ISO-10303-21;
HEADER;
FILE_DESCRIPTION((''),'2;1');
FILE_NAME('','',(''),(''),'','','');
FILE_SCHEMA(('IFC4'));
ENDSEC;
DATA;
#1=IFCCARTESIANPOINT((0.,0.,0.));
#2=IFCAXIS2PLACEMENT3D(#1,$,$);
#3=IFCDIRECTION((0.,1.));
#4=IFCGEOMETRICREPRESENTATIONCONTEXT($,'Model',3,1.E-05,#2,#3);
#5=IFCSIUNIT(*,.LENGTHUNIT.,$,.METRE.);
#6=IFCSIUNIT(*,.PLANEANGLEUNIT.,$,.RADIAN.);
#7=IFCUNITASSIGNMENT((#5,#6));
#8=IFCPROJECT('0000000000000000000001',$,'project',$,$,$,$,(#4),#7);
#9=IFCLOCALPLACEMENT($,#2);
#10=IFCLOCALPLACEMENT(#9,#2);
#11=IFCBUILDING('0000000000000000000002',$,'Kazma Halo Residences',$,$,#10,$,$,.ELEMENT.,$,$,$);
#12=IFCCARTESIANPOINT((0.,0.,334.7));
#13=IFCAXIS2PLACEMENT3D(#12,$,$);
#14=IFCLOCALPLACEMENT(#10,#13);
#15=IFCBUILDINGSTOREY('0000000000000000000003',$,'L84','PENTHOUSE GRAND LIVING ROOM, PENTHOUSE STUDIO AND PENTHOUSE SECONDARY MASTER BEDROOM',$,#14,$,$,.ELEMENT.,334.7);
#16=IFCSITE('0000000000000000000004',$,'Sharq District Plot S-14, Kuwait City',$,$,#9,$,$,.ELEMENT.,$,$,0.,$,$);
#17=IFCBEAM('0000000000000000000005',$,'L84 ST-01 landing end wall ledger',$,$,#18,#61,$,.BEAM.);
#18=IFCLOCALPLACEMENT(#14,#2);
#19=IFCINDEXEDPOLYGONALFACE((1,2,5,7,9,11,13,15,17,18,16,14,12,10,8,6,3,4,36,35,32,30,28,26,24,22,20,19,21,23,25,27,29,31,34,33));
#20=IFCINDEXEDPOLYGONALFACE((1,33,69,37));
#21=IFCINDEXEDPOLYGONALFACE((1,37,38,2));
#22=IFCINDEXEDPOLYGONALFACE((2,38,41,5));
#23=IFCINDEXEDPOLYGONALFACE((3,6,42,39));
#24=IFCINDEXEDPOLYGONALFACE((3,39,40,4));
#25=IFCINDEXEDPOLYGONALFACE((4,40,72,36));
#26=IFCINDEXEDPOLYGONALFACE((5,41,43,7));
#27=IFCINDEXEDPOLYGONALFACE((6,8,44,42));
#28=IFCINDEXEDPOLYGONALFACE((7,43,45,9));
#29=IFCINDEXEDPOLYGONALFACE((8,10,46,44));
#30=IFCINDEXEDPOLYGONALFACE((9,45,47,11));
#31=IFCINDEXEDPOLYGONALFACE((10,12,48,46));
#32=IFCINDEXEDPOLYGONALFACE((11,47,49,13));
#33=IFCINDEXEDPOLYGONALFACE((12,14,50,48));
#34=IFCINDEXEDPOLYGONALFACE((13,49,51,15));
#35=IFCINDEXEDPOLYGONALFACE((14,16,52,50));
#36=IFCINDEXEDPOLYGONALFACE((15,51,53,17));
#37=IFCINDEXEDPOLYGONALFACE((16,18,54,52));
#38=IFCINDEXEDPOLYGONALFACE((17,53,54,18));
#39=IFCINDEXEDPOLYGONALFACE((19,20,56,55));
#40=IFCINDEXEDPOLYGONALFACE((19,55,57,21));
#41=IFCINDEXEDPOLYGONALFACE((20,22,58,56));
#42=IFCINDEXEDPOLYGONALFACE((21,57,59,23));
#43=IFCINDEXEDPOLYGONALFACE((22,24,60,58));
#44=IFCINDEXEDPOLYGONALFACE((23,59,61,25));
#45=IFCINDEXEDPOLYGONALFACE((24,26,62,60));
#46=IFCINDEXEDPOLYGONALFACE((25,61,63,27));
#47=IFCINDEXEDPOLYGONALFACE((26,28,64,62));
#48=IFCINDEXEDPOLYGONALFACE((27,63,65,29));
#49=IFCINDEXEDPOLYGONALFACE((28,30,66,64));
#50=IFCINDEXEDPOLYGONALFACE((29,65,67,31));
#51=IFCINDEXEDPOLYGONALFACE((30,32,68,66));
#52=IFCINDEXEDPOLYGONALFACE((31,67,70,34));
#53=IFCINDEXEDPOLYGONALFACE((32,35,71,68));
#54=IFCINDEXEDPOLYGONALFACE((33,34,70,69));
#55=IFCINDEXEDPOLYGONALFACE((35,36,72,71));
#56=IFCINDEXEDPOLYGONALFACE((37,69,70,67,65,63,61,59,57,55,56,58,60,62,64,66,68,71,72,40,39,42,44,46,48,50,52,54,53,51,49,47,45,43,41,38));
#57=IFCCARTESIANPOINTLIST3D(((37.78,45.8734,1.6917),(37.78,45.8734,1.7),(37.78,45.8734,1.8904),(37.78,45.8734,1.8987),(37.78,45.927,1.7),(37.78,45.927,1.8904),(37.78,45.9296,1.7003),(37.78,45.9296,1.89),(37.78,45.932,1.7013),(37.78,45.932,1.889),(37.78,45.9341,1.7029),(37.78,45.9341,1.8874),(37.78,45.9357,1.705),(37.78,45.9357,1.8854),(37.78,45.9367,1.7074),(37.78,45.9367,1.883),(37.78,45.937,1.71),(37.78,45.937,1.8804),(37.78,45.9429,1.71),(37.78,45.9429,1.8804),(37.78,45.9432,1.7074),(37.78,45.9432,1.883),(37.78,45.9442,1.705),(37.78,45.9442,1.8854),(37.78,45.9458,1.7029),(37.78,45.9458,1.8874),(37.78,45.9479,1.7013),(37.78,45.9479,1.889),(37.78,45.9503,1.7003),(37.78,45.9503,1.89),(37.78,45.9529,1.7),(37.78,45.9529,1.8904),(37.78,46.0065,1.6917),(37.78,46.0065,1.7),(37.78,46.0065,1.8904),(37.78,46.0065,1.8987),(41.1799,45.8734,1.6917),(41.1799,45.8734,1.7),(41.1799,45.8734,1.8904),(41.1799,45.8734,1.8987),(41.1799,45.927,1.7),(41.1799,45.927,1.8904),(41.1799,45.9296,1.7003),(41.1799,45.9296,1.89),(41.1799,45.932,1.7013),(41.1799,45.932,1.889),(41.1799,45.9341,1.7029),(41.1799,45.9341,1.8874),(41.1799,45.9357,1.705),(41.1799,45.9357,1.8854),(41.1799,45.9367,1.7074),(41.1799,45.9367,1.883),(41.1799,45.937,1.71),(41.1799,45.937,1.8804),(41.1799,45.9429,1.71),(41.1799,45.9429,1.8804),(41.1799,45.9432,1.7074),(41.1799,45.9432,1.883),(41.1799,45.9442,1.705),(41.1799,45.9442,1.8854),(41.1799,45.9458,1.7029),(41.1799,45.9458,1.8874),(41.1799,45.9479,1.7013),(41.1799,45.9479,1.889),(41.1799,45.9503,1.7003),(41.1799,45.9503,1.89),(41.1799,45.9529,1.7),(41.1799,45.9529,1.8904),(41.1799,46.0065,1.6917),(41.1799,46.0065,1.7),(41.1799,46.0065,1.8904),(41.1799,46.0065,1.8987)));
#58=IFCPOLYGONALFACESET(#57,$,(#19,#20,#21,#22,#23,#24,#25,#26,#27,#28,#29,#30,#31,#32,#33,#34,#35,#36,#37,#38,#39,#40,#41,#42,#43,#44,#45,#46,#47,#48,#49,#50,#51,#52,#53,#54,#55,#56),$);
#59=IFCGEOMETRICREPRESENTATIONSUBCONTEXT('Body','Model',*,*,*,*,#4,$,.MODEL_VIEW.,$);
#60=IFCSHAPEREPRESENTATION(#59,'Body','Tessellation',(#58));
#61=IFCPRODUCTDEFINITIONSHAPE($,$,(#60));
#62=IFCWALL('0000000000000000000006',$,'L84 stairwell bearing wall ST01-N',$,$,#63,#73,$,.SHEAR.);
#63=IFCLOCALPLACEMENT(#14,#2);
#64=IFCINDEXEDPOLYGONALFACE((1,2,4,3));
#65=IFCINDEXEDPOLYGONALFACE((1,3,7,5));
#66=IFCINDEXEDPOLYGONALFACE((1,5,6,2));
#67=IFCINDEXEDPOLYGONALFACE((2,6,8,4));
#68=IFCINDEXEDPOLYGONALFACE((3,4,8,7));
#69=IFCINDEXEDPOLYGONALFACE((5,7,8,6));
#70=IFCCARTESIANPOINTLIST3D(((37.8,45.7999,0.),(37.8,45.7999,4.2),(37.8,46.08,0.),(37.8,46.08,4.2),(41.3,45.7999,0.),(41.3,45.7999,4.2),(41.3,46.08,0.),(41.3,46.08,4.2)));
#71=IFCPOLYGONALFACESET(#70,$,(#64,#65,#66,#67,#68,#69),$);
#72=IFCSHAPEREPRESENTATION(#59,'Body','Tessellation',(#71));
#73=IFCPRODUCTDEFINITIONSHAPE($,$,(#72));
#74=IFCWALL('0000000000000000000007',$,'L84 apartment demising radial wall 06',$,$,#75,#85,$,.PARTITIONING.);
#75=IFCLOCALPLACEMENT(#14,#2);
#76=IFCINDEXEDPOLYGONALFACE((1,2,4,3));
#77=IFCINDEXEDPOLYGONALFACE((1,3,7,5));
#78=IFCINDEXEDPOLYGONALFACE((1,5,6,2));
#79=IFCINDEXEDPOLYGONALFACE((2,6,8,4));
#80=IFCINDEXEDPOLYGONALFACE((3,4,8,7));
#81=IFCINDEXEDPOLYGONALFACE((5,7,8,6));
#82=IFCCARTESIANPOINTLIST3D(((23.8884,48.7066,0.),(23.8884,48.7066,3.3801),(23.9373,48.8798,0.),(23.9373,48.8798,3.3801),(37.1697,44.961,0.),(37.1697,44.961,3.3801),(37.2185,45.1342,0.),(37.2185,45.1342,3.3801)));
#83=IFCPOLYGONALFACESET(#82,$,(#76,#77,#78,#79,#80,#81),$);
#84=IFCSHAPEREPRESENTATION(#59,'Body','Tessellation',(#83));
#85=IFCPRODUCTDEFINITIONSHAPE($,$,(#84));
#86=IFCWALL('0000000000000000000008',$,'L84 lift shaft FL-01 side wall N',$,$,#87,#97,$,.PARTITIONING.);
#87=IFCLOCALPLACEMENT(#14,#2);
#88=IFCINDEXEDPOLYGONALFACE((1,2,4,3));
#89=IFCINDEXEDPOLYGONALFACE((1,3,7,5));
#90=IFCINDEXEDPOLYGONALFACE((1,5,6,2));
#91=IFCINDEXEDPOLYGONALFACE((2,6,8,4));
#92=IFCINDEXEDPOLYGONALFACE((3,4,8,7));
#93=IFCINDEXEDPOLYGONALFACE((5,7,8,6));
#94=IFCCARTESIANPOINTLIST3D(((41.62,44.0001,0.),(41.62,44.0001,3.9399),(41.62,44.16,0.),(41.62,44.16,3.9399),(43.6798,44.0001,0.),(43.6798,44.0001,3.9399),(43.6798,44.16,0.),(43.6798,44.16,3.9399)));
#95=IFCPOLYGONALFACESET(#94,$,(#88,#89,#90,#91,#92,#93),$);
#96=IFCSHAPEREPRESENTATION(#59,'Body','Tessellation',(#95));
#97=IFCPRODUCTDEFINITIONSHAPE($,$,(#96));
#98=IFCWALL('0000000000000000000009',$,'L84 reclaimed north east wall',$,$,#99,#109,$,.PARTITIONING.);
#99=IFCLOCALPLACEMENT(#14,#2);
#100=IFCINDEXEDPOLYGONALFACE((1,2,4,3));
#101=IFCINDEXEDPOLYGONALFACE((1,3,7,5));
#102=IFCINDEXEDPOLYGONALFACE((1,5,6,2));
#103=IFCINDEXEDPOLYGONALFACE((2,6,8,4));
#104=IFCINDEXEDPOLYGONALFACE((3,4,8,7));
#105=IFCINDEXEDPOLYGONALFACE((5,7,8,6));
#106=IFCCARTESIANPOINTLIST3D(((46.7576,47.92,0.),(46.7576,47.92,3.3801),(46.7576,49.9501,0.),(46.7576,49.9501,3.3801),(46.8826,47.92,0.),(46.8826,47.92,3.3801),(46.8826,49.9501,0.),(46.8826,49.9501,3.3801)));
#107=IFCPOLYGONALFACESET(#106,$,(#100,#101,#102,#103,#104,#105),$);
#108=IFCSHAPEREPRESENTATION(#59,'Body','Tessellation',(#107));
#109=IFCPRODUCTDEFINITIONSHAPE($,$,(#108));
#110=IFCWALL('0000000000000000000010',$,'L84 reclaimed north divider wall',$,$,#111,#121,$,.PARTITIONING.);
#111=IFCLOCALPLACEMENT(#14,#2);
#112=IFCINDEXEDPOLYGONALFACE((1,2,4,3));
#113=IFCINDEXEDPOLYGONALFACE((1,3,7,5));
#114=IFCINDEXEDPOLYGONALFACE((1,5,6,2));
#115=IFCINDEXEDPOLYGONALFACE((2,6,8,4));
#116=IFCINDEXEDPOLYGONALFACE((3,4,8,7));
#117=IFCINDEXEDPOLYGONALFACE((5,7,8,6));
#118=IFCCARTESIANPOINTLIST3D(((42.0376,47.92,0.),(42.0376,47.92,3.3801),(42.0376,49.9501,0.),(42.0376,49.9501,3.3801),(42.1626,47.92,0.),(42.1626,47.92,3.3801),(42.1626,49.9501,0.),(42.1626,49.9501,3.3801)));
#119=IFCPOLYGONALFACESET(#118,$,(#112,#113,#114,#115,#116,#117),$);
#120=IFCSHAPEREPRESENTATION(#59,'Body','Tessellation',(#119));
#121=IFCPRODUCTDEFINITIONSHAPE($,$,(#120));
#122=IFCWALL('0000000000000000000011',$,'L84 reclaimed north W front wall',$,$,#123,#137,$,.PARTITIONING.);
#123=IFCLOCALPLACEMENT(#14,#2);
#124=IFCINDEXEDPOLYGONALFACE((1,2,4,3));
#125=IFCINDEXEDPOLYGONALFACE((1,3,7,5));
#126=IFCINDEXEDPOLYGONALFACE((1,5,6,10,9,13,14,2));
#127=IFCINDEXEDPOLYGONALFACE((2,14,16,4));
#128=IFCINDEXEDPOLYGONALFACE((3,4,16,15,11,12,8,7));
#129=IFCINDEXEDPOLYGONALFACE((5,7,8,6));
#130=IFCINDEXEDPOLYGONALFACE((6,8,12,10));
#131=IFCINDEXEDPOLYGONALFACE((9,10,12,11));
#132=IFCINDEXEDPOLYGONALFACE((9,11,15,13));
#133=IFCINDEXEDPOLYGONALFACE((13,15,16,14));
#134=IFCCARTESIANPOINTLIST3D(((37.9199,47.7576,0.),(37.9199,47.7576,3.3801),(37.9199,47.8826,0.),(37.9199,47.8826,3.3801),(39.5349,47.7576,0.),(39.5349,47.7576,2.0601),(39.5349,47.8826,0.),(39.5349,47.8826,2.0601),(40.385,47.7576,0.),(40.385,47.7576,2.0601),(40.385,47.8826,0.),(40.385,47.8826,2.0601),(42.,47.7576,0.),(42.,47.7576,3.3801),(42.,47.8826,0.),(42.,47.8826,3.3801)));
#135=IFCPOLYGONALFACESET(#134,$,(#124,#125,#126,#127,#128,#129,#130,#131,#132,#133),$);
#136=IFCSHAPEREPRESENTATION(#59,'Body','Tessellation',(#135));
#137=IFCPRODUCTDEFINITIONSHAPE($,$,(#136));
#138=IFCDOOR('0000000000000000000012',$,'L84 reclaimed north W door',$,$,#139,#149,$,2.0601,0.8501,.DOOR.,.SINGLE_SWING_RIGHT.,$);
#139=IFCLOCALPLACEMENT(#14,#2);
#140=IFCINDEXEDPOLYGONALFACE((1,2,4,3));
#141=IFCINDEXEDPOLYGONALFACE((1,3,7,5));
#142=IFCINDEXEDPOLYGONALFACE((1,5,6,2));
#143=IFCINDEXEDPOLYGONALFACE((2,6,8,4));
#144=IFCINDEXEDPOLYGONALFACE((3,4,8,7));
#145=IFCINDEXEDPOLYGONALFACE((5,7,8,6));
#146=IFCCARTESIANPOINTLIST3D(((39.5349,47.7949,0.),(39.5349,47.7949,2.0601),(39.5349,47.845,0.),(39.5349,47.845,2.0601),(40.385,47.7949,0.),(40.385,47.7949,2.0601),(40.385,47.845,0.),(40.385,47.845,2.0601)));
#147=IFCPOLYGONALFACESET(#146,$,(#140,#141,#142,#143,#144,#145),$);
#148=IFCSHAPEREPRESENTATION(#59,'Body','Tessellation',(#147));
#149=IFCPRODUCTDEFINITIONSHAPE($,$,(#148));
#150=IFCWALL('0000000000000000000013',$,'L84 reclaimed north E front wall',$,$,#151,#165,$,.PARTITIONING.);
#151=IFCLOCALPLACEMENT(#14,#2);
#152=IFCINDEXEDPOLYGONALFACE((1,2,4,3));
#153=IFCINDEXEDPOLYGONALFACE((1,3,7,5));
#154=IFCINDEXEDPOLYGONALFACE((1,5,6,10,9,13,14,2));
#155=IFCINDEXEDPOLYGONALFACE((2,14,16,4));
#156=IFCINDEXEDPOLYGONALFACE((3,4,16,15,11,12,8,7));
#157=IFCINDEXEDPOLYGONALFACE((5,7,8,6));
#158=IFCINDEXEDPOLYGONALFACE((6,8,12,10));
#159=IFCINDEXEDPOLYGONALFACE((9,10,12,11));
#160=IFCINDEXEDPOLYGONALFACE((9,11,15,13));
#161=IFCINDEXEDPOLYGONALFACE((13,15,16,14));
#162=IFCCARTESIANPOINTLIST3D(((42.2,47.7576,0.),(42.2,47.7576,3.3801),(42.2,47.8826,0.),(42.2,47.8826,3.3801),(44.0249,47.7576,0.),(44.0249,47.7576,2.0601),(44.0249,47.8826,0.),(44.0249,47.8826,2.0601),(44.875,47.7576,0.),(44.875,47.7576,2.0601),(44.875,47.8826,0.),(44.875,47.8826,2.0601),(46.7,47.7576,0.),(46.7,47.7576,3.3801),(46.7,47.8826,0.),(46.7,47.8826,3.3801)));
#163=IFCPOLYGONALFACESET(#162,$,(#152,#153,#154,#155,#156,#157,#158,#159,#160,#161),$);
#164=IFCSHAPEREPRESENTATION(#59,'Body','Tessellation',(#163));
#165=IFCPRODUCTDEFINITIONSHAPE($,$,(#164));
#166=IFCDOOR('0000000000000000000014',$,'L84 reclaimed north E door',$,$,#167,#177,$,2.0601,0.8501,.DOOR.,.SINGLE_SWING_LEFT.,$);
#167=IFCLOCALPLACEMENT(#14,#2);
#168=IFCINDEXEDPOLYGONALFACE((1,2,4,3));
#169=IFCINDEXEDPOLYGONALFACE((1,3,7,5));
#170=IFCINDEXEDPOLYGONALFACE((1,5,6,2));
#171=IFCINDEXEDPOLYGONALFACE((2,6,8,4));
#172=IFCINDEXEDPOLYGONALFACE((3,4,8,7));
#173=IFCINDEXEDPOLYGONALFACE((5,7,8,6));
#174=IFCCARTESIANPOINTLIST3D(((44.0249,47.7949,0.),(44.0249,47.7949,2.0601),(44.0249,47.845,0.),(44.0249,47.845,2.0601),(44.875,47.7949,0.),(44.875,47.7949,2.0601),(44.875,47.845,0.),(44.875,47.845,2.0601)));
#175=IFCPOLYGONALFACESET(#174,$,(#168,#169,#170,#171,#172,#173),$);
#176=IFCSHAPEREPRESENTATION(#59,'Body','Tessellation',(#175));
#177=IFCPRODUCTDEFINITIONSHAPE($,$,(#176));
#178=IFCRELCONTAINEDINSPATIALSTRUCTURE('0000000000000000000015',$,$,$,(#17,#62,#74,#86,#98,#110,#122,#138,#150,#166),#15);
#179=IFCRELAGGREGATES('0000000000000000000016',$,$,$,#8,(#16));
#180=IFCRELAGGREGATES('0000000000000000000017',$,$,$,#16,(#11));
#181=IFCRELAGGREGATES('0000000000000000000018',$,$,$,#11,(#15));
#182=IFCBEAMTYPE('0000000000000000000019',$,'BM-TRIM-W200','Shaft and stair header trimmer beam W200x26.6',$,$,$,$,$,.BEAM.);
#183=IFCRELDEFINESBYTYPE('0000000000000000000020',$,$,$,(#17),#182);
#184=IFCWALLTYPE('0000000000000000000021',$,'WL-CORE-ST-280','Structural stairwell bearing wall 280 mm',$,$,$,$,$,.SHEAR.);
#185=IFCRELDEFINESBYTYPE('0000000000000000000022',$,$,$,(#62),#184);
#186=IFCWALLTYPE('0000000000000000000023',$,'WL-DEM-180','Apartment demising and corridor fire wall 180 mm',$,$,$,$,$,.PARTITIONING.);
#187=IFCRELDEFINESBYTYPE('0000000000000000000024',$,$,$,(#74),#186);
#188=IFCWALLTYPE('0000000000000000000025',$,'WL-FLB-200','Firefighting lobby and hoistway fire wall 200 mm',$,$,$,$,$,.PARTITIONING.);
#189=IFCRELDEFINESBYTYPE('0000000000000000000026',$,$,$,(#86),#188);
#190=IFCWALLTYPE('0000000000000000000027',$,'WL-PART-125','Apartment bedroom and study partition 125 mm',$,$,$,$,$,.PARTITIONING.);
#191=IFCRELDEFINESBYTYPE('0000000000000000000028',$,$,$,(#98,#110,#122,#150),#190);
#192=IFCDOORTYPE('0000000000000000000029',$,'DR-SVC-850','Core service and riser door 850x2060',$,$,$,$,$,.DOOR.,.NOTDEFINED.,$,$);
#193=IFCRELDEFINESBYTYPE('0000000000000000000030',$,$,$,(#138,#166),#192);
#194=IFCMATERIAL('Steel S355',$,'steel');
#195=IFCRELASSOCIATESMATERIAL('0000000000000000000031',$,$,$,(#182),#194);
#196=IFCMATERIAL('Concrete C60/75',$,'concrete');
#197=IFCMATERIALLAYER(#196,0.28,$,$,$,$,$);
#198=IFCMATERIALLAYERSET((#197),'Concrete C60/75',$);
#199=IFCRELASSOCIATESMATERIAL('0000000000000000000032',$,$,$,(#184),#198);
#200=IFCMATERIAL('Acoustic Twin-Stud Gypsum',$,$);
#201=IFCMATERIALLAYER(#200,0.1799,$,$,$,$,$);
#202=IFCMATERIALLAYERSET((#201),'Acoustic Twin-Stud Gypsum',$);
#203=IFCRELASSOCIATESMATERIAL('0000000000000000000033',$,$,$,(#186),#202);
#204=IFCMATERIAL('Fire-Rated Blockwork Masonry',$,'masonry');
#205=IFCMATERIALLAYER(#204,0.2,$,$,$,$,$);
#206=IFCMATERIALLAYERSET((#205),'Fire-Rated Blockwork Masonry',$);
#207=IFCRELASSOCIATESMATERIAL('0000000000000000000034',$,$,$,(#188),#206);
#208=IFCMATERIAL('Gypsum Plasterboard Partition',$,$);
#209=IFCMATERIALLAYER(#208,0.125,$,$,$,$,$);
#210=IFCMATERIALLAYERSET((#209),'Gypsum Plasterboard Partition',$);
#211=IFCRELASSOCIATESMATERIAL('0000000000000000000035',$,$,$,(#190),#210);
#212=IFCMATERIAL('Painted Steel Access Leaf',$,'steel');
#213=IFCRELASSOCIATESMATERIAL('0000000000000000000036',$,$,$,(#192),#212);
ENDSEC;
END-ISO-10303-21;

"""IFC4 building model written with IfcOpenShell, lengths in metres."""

from ifc_helpers import new_model, si_unit, direction, frame, frame_2d, origin, origin_2d, place, context, subcontext, project, spatial, rectangle, i_section, extrude, material, layer, layer_set, material_profile, profile_set, type_object, element, fill, save


model = new_model("IFC4")

# Units and contexts
model_context = context("Model", 3, precision=1e-05, world=origin(), true_north=direction((0.0, 1.0)))
body_context = subcontext(model_context, "Body", "Model", "MODEL_VIEW")
ifc_project = project(units=[si_unit("LENGTHUNIT", "METRE"), si_unit("PLANEANGLEUNIT", "RADIAN")], contexts=[model_context])

# Site, building, storey
site_placement = place(None, origin())
site = spatial("IfcSite", under=ifc_project, at=site_placement, Name="Sharq District Plot S-14, Kuwait City", CompositionType="ELEMENT", RefElevation=0.0)
building_placement = place(site_placement, origin())
building = spatial("IfcBuilding", under=site, at=building_placement, Name="Kazma Halo Residences", CompositionType="ELEMENT")
storey_placement = place(building_placement, frame((0.0, 0.0, 334.7)))
storey = spatial("IfcBuildingStorey", under=building, at=storey_placement, Name="L84", Description="PENTHOUSE GRAND LIVING ROOM, PENTHOUSE STUDIO AND PENTHOUSE SECONDARY MASTER BEDROOM", CompositionType="ELEMENT", Elevation=334.7)

# Shared definitions
ifc_material_1 = material(Name="Steel S355", Category="steel")

# Beam
ifc_material_profile_1 = material_profile(ifc_material_1, i_section(OverallWidth=0.1331, OverallDepth=0.207, WebThickness=0.0059, FlangeThickness=0.0083, FilletRadius=0.01, at=origin_2d()), Name="W200x26.6")
ifc_profile_set_1 = profile_set([ifc_material_profile_1], Name="Steel S355")
beam_type_1 = type_object("IfcBeamType", Name="BM-TRIM-W200", Description="Shaft and stair header trimmer beam W200x26.6", PredefinedType="BEAM", material=ifc_profile_set_1)
beam_1_placement = place(storey_placement, frame((37.78, 45.9399, 1.7952), z_axis=(1.0, 0.0, 0.0), x_axis=(0.0, 1.0, 0.0)))
element("IfcBeam", 1, at=beam_1_placement, inside=storey, type_object=beam_type_1, Name="L84 ST-01 landing end wall ledger", PredefinedType="BEAM", context=body_context, shape_type="SweptSolid", body=[
    extrude(i_section(OverallWidth=0.1331, OverallDepth=0.207, WebThickness=0.0059, FlangeThickness=0.0083, FilletRadius=0.01, at=origin_2d()), origin(), (0.0, 0.0, 1.0), 3.3999),
])

# Walls
ifc_material_2 = material(Name="Concrete C60/75", Category="concrete")
ifc_layer_1 = layer(ifc_material_2, 0.28)
ifc_layer_set_1 = layer_set([ifc_layer_1], Name="Concrete C60/75")
wall_type_1 = type_object("IfcWallType", Name="WL-CORE-ST-280", Description="Structural stairwell bearing wall 280 mm", PredefinedType="SHEAR", material=ifc_layer_set_1)
wall_1_placement = place(storey_placement, frame((37.8, 45.9399, 0.0), z_axis=(0.0, 0.0, 1.0), x_axis=(1.0, 0.0, 0.0)))
element("IfcWall", 2, at=wall_1_placement, inside=storey, type_object=wall_type_1, Name="L84 stairwell bearing wall ST01-N", PredefinedType="SHEAR", context=body_context, shape_type="SweptSolid", body=[
    extrude(rectangle(XDim=3.5, YDim=0.28, at=frame_2d((1.75, 0.0))), origin(), (0.0, 0.0, 1.0), 4.2),
])
ifc_material_3 = material(Name="Acoustic Twin-Stud Gypsum")
ifc_layer_2 = layer(ifc_material_3, 0.1799)
ifc_layer_set_2 = layer_set([ifc_layer_2], Name="Acoustic Twin-Stud Gypsum")
wall_type_2 = type_object("IfcWallType", Name="WL-DEM-180", Description="Apartment demising and corridor fire wall 180 mm", PredefinedType="PARTITIONING", material=ifc_layer_set_2)
wall_2_placement = place(storey_placement, frame((37.1941, 45.0476, 0.0), z_axis=(0.0, 0.0, 1.0), x_axis=(-0.962457, 0.271434, 0.0)))
element("IfcWall", 3, at=wall_2_placement, inside=storey, type_object=wall_type_2, Name="L84 apartment demising radial wall 06", PredefinedType="PARTITIONING", context=body_context, shape_type="SweptSolid", body=[
    extrude(rectangle(XDim=13.7993, YDim=0.1799, at=frame_2d((6.8997, 0.0))), origin(), (0.0, 0.0, 1.0), 3.3801),
])
ifc_material_4 = material(Name="Fire-Rated Blockwork Masonry", Category="masonry")
ifc_layer_3 = layer(ifc_material_4, 0.2)
ifc_layer_set_3 = layer_set([ifc_layer_3], Name="Fire-Rated Blockwork Masonry")
wall_type_3 = type_object("IfcWallType", Name="WL-FLB-200", Description="Firefighting lobby and hoistway fire wall 200 mm", PredefinedType="PARTITIONING", material=ifc_layer_set_3)
wall_3_placement = place(storey_placement, frame((41.6201, 44.0801, 0.0), z_axis=(0.0, 0.0, 1.0), x_axis=(1.0, 0.0, 0.0)))
element("IfcWall", 4, at=wall_3_placement, inside=storey, type_object=wall_type_3, Name="L84 lift shaft FL-01 side wall N", PredefinedType="PARTITIONING", context=body_context, shape_type="SweptSolid", body=[
    extrude(rectangle(XDim=2.0598, YDim=0.1599, at=frame_2d((1.0298, 0.0))), origin(), (0.0, 0.0, 1.0), 3.9399),
])
ifc_material_5 = material(Name="Gypsum Plasterboard Partition")
ifc_layer_4 = layer(ifc_material_5, 0.125)
ifc_layer_set_4 = layer_set([ifc_layer_4], Name="Gypsum Plasterboard Partition")
wall_type_4 = type_object("IfcWallType", Name="WL-PART-125", Description="Apartment bedroom and study partition 125 mm", PredefinedType="PARTITIONING", material=ifc_layer_set_4)
for number, where, z_axis, x_axis, name in (
    (5, (46.8201, 47.9199, 0.0), (0.0, 0.0, 1.0), (0.0, 1.0, 0.0), "L84 reclaimed north east wall"),
    (6, (42.1001, 47.9199, 0.0), (0.0, 0.0, 1.0), (0.0, 1.0, 0.0), "L84 reclaimed north divider wall"),
):
    element("IfcWall", number, at=place(storey_placement, frame(where, z_axis=z_axis, x_axis=x_axis)), inside=storey, type_object=wall_type_4, Name=name, PredefinedType="PARTITIONING", context=body_context, shape_type="SweptSolid", body=[
        extrude(rectangle(XDim=2.03, YDim=0.125, at=frame_2d((1.0151, 0.0))), origin(), (0.0, 0.0, 1.0), 3.3801),
    ])

# Walls, openings, doors
wall_4_placement = place(storey_placement, frame((37.9199, 47.8201, 0.0), z_axis=(0.0, 0.0, 1.0), x_axis=(1.0, 0.0, 0.0)))
wall_4 = element("IfcWall", 7, at=wall_4_placement, inside=storey, type_object=wall_type_4, Name="L84 reclaimed north W front wall", PredefinedType="PARTITIONING", context=body_context, shape_type="SweptSolid", body=[
    extrude(rectangle(XDim=4.0801, YDim=0.125, at=frame_2d((2.04, 0.0))), origin(), (0.0, 0.0, 1.0), 3.3801),
])
opening_1_placement = place(wall_4_placement, frame((1.615, 0.0, 0.0)))
opening_1 = element("IfcOpeningElement", 8, at=opening_1_placement, cuts=wall_4, PredefinedType="OPENING", context=body_context, shape_type="SweptSolid", body=[
    extrude(rectangle(XDim=0.8501, YDim=2.0601, at=frame_2d((0.425, 1.03))), frame((0.0, 0.0725, 0.0), z_axis=(0.0, -1.0, 0.0), x_axis=(1.0, 0.0, 0.0)), (0.0, 0.0, 1.0), 0.145),
])
ifc_material_6 = material(Name="Painted Steel Access Leaf", Category="steel")
door_type = type_object("IfcDoorType", Name="DR-SVC-850", Description="Core service and riser door 850x2060", OperationType="NOTDEFINED", PredefinedType="DOOR", material=ifc_material_6)
door_1_placement = place(opening_1_placement, origin())
door_1 = element("IfcDoor", 9, at=door_1_placement, inside=storey, type_object=door_type, Name="L84 reclaimed north W door", OperationType="SINGLE_SWING_RIGHT", OverallHeight=2.0601, OverallWidth=0.8501, PredefinedType="DOOR", context=body_context, shape_type="SweptSolid", body=[
    extrude(rectangle(XDim=0.8501, YDim=2.0601, at=frame_2d((0.425, 1.03))), frame((0.0, 0.0249, 0.0), z_axis=(0.0, -1.0, 0.0), x_axis=(1.0, 0.0, 0.0)), (0.0, 0.0, 1.0), 0.05),
])
fill(opening_1, door_1)
wall_5_placement = place(storey_placement, frame((42.2, 47.8201, 0.0), z_axis=(0.0, 0.0, 1.0), x_axis=(1.0, 0.0, 0.0)))
wall_5 = element("IfcWall", 10, at=wall_5_placement, inside=storey, type_object=wall_type_4, Name="L84 reclaimed north E front wall", PredefinedType="PARTITIONING", context=body_context, shape_type="SweptSolid", body=[
    extrude(rectangle(XDim=4.5, YDim=0.125, at=frame_2d((2.25, 0.0))), origin(), (0.0, 0.0, 1.0), 3.3801),
])
opening_2_placement = place(wall_5_placement, frame((1.825, 0.0, 0.0)))
opening_2 = element("IfcOpeningElement", 11, at=opening_2_placement, cuts=wall_5, PredefinedType="OPENING", context=body_context, shape_type="SweptSolid", body=[
    extrude(rectangle(XDim=0.8501, YDim=2.0601, at=frame_2d((0.425, 1.03))), frame((0.0, 0.0725, 0.0), z_axis=(0.0, -1.0, 0.0), x_axis=(1.0, 0.0, 0.0)), (0.0, 0.0, 1.0), 0.145),
])
door_2_placement = place(opening_2_placement, origin())
door_2 = element("IfcDoor", 12, at=door_2_placement, inside=storey, type_object=door_type, Name="L84 reclaimed north E door", OperationType="SINGLE_SWING_LEFT", OverallHeight=2.0601, OverallWidth=0.8501, PredefinedType="DOOR", context=body_context, shape_type="SweptSolid", body=[
    extrude(rectangle(XDim=0.8501, YDim=2.0601, at=frame_2d((0.425, 1.03))), frame((0.0, 0.0249, 0.0), z_axis=(0.0, -1.0, 0.0), x_axis=(1.0, 0.0, 0.0)), (0.0, 0.0, 1.0), 0.05),
])
fill(opening_2, door_2)

save(model, "model.ifc")
